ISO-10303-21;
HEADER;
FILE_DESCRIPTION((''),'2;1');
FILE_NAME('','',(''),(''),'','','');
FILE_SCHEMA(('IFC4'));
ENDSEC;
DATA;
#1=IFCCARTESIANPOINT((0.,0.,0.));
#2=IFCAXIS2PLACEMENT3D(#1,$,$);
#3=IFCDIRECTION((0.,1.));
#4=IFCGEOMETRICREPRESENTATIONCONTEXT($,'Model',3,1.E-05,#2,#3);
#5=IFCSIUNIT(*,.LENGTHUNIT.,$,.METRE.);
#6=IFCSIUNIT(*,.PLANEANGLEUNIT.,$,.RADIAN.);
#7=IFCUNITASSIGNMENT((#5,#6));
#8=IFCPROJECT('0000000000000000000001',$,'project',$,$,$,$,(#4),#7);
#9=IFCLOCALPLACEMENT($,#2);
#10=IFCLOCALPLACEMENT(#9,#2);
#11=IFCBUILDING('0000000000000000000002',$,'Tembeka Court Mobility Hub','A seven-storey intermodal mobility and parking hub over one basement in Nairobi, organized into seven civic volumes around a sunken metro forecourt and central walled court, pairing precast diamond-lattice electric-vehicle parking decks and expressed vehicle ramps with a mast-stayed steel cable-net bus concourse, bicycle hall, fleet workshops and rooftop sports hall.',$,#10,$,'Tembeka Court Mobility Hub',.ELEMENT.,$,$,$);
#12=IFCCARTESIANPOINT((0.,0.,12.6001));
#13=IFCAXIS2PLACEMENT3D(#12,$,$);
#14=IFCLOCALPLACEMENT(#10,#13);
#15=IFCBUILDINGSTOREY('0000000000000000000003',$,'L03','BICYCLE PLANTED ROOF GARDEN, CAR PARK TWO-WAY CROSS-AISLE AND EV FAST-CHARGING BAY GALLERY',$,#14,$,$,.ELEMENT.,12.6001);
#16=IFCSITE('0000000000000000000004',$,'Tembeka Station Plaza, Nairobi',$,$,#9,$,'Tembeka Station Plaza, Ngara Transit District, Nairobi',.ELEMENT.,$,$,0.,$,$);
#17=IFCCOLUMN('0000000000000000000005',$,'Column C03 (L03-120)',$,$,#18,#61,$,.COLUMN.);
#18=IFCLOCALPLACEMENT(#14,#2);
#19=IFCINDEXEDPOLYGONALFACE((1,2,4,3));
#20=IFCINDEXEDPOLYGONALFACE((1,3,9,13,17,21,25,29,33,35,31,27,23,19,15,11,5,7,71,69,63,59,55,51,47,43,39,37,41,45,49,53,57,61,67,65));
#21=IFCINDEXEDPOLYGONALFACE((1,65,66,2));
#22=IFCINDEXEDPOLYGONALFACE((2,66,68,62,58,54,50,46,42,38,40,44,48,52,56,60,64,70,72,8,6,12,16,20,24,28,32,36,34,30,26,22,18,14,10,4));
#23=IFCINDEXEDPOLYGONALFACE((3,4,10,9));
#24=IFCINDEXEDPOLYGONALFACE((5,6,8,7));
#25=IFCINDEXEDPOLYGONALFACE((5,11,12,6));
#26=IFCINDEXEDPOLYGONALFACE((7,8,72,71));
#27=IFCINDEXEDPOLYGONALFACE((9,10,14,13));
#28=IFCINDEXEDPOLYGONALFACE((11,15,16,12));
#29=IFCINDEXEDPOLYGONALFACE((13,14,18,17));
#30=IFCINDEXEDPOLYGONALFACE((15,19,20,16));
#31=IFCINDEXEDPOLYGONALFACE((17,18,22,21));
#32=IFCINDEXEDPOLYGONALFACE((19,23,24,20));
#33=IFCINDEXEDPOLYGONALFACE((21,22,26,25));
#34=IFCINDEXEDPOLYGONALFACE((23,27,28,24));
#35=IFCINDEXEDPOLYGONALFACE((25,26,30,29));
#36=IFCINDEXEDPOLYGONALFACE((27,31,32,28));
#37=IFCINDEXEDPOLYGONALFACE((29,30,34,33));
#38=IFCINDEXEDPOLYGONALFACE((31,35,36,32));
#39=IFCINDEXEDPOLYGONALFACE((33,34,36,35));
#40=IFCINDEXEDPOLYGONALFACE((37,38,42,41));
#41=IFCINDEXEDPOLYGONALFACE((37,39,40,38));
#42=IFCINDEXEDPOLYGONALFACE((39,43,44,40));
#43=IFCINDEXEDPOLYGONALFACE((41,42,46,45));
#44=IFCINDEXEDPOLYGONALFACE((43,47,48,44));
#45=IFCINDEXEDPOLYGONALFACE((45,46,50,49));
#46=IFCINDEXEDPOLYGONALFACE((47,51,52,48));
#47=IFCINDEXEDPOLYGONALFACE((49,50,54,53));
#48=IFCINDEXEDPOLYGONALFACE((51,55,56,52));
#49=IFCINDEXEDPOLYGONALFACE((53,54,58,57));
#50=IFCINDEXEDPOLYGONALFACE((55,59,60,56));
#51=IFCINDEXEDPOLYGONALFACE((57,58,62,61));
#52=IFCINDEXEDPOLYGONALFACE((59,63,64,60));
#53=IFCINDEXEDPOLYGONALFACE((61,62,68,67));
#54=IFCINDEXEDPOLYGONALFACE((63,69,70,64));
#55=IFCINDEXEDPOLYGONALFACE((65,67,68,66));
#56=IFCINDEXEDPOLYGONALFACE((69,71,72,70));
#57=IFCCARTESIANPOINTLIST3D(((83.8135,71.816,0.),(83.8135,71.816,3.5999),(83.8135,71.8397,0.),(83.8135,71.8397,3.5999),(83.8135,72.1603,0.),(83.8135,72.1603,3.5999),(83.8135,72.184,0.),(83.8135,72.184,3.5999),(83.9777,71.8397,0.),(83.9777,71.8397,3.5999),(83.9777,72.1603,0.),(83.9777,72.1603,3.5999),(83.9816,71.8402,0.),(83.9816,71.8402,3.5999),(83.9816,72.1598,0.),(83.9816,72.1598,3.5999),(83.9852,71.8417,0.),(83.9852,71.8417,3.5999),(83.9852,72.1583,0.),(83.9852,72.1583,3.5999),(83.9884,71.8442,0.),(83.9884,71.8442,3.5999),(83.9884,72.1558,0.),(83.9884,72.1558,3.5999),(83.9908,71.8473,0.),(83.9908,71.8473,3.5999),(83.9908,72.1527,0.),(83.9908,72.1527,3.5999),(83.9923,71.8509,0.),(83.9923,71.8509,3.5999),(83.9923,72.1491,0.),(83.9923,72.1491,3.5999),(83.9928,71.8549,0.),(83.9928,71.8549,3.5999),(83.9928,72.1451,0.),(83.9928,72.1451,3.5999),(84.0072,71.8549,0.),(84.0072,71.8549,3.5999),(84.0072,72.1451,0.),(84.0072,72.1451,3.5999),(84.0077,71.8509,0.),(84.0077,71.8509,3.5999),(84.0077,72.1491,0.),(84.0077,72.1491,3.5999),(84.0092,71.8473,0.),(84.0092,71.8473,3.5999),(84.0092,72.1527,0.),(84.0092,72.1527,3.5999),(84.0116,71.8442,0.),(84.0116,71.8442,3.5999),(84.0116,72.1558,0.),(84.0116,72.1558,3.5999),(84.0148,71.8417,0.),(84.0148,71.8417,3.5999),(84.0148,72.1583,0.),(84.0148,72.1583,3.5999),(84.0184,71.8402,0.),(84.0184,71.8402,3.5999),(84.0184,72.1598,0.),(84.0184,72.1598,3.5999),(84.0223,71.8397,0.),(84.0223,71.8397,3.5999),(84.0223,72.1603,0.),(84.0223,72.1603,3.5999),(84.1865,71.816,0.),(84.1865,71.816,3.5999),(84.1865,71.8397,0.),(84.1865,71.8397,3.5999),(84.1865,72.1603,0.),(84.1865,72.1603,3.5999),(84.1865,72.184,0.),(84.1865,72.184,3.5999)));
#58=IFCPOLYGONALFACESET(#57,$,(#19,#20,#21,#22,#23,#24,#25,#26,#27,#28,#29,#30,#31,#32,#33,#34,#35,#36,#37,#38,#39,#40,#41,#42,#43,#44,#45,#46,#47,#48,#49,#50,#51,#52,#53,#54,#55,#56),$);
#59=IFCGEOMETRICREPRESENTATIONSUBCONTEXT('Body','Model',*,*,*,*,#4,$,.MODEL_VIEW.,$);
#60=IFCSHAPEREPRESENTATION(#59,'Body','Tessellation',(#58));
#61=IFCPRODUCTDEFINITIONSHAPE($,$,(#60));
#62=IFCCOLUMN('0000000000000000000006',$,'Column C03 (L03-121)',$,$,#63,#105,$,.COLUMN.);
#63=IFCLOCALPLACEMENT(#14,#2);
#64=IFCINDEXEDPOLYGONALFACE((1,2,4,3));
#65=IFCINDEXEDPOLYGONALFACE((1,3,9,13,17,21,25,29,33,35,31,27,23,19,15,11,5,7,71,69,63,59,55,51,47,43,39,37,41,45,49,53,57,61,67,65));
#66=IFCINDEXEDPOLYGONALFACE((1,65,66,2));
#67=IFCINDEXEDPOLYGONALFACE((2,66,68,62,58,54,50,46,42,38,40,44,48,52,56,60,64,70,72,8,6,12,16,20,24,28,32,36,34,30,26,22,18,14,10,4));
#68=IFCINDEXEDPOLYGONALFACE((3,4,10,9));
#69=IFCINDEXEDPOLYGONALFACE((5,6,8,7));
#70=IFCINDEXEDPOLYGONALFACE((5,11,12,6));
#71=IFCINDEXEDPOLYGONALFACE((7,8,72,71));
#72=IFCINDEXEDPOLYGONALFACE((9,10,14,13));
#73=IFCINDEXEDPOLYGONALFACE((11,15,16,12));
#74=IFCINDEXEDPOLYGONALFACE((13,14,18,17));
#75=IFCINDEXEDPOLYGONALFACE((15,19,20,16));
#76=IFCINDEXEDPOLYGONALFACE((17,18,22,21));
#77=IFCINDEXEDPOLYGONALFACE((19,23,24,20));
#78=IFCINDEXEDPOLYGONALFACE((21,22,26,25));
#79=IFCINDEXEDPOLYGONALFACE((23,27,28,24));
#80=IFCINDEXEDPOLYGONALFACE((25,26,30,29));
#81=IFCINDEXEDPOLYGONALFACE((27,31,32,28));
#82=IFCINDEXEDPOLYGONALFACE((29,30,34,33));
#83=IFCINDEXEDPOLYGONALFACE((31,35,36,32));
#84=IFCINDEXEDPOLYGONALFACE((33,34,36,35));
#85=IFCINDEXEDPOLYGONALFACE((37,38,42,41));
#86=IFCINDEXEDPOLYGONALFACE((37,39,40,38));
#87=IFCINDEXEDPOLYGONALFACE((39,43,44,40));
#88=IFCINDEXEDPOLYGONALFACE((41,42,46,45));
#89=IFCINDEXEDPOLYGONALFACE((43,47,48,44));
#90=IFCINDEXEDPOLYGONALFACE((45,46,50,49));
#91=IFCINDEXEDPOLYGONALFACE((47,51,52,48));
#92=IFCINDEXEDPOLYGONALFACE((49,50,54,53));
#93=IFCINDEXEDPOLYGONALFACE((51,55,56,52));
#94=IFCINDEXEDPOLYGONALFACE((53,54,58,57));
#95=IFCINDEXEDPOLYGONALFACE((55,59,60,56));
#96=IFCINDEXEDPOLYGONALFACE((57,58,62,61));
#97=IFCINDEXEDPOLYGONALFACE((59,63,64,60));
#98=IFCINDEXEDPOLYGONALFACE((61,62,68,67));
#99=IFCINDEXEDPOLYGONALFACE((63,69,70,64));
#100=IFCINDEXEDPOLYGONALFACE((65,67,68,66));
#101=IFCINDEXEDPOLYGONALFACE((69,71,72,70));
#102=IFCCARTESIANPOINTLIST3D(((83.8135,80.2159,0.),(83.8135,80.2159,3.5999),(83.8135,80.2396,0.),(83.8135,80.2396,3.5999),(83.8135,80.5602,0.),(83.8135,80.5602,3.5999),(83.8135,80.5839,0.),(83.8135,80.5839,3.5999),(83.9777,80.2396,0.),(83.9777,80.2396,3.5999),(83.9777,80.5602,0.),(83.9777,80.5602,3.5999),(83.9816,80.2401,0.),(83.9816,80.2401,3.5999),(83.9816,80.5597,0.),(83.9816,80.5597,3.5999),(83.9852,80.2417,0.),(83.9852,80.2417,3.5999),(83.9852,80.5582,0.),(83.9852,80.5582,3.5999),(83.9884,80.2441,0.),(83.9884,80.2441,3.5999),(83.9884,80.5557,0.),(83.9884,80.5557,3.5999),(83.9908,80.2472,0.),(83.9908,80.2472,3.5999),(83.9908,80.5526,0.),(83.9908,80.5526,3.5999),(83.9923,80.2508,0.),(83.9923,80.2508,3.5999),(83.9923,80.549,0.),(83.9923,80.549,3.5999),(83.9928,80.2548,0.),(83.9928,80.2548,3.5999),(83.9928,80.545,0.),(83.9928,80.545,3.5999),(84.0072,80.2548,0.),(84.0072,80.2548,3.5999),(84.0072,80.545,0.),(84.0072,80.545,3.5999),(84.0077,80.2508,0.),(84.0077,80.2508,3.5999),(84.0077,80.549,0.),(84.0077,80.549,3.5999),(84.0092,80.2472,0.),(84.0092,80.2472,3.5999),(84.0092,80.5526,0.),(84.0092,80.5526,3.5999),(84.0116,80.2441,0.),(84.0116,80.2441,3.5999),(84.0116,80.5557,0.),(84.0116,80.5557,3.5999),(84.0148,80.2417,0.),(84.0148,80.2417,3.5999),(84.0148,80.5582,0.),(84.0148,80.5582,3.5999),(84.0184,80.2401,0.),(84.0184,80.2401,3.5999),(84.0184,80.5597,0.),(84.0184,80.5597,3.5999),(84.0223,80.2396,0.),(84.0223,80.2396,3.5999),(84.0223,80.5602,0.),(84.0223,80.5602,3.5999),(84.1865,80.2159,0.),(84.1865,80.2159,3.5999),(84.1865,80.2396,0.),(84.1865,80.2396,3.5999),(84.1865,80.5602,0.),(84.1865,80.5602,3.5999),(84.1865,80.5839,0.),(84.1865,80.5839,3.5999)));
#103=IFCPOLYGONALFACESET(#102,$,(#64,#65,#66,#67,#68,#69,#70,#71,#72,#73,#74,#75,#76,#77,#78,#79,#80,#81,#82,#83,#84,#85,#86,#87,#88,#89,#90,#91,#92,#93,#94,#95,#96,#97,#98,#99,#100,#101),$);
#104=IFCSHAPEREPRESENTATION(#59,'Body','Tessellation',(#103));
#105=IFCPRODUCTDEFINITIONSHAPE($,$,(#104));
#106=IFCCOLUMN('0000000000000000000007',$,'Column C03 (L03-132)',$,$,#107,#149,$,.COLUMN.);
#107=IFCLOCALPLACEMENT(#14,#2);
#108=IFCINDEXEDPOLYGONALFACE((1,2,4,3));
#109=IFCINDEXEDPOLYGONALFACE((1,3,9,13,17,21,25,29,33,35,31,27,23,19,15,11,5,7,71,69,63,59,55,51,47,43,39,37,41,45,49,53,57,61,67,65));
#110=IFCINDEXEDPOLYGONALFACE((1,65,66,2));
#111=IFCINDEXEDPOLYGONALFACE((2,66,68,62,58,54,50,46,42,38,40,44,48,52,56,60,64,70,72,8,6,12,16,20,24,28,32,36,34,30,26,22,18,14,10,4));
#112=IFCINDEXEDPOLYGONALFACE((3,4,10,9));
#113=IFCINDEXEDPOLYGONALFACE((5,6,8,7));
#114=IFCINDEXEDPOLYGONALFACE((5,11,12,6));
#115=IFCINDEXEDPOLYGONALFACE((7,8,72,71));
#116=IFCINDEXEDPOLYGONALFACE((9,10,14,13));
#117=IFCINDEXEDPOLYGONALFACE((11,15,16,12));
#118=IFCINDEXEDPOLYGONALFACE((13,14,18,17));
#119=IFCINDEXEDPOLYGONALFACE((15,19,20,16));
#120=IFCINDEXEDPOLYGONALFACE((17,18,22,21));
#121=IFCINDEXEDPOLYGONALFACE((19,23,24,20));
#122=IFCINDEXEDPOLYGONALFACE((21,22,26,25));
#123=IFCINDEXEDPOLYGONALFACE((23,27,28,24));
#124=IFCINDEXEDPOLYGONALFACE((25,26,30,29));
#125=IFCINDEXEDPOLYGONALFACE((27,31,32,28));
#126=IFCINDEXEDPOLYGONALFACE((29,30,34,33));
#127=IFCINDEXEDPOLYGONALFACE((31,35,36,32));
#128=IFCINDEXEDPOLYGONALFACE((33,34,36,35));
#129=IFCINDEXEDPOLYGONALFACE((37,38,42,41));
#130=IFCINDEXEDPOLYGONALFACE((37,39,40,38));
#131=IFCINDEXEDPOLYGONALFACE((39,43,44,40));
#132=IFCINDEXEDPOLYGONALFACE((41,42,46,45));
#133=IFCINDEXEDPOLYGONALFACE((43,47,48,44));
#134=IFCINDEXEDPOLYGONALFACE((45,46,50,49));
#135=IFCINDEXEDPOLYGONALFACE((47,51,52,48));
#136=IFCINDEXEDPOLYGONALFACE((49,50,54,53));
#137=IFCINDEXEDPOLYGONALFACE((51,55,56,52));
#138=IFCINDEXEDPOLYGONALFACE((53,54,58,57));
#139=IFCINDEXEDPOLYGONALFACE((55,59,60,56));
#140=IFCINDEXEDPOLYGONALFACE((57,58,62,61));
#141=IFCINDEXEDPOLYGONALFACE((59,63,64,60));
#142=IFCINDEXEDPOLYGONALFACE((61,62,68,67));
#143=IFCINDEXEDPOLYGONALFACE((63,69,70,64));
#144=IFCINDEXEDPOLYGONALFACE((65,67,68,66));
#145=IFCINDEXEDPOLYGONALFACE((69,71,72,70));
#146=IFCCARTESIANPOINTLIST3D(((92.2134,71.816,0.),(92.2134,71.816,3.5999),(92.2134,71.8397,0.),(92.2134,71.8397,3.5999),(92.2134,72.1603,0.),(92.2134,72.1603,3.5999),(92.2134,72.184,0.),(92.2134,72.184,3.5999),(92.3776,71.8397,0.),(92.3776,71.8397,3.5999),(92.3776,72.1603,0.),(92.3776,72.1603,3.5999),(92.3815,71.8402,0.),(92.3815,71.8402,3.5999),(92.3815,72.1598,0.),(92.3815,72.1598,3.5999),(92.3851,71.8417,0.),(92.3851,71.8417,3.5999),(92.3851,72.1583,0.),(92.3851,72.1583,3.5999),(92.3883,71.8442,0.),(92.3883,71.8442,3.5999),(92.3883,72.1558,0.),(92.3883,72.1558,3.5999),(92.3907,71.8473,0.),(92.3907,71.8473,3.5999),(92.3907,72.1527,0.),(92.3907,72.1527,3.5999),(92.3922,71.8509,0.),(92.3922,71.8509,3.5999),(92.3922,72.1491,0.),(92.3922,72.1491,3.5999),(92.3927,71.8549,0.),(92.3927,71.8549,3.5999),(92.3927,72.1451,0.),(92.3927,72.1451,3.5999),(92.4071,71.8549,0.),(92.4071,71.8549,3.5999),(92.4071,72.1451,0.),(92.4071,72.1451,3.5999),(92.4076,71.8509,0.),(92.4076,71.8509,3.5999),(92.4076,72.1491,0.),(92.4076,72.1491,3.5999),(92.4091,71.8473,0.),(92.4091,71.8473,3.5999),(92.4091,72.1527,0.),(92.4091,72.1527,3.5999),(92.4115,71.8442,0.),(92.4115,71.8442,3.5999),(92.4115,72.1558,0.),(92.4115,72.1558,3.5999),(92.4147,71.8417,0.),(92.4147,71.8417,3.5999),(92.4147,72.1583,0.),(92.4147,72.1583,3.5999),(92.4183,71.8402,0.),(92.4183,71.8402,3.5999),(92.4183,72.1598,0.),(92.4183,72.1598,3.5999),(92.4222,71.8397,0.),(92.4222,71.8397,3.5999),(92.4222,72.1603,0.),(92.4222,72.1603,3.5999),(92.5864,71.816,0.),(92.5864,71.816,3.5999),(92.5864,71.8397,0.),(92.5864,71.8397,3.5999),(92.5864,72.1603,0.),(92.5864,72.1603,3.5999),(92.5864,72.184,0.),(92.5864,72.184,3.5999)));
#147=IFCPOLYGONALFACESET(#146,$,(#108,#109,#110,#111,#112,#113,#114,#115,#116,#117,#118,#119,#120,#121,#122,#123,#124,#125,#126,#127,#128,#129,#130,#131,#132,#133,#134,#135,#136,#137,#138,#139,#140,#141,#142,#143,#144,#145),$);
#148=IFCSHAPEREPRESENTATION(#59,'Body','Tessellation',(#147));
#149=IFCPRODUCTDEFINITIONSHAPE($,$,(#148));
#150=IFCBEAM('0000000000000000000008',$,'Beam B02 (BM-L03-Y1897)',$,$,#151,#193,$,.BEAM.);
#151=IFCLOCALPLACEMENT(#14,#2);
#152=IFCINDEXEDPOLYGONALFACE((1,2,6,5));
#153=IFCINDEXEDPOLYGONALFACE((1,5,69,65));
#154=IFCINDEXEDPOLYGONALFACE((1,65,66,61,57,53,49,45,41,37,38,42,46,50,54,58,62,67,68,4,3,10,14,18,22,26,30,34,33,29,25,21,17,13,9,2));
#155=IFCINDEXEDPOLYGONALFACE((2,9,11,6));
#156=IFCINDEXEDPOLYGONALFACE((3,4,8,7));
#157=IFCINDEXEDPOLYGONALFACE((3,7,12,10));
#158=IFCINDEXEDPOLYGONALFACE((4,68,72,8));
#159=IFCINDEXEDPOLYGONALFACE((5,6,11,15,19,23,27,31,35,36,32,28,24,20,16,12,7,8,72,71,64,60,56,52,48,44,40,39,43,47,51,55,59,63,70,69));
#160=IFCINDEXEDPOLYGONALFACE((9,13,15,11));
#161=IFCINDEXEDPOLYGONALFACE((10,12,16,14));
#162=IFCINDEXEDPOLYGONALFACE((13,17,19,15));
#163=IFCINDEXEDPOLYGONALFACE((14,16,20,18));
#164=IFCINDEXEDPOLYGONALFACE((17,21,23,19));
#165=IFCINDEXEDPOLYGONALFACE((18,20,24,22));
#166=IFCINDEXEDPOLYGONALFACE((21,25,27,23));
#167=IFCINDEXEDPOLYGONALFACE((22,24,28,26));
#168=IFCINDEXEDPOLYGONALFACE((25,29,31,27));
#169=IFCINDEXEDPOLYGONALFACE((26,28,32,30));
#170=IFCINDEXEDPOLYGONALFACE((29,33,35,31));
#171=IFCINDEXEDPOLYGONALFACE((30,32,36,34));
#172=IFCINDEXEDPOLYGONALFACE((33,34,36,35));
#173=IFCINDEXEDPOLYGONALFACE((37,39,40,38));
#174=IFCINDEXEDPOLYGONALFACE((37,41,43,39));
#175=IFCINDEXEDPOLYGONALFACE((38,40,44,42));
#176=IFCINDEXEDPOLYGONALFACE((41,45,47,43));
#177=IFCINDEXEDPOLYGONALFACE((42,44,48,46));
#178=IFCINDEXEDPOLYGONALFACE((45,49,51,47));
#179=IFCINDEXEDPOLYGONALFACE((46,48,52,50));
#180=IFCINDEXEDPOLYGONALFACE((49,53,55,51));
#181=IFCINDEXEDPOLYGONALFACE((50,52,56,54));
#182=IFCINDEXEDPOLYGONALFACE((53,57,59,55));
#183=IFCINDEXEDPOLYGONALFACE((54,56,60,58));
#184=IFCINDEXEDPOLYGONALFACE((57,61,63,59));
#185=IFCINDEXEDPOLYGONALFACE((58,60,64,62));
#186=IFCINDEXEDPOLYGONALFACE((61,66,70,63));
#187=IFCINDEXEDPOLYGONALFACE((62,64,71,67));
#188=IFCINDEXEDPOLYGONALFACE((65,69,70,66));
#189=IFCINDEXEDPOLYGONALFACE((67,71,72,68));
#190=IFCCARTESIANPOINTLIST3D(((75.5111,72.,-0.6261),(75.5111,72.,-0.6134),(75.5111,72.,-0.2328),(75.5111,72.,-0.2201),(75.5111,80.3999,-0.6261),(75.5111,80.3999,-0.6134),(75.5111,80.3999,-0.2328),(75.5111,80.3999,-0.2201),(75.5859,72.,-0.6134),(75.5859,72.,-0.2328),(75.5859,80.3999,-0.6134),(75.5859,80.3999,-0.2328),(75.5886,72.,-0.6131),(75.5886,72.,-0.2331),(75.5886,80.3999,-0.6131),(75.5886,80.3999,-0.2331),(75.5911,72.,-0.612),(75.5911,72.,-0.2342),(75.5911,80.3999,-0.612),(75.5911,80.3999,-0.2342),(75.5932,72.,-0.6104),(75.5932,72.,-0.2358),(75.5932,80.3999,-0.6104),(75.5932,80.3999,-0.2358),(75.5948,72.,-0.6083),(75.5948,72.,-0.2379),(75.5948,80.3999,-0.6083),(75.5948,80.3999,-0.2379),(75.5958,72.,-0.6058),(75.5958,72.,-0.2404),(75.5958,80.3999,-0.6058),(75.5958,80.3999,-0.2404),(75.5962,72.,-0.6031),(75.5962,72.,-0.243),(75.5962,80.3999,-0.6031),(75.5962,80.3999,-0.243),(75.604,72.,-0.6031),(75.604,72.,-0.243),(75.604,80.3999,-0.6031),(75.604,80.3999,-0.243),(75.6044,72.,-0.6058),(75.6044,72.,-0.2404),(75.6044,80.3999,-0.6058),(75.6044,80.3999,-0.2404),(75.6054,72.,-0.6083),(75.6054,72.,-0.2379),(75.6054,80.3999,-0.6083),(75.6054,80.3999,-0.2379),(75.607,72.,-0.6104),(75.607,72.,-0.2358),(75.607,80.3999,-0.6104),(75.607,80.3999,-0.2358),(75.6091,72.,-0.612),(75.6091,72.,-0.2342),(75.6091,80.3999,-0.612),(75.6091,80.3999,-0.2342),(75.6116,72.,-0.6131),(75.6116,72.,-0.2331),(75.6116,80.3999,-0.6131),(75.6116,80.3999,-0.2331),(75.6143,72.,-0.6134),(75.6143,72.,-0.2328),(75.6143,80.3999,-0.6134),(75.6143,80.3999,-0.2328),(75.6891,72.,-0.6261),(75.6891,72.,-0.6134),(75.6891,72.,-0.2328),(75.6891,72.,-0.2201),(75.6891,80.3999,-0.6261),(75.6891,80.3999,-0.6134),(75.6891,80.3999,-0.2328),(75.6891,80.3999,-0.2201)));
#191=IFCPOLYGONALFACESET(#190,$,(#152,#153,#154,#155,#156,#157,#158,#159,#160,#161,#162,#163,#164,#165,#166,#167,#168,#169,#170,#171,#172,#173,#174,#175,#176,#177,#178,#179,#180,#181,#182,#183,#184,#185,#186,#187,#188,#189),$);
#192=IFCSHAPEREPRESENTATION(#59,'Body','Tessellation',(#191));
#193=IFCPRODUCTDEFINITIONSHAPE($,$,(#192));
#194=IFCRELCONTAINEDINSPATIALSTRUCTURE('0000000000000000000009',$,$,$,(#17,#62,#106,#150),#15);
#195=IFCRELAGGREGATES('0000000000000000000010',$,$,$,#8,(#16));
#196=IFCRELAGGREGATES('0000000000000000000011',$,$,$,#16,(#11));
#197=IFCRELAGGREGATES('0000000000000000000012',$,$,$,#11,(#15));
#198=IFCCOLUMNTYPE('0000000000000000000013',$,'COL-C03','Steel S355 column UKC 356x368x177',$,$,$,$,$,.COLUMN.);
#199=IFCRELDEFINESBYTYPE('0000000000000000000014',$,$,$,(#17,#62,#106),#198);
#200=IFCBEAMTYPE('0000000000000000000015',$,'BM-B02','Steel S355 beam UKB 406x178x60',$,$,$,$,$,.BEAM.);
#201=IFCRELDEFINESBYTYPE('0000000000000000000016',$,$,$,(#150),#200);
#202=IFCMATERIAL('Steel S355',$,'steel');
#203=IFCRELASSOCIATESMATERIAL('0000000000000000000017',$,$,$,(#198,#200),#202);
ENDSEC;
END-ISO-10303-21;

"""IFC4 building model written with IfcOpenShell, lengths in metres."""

from ifc_helpers import new_model, si_unit, direction, frame, origin, origin_2d, place, context, subcontext, project, spatial, i_section, extrude, material, material_profile, profile_set, type_object, element, save


model = new_model("IFC4")

# Units and contexts
model_context = context("Model", 3, precision=1e-05, world=origin(), true_north=direction((0.0, 1.0)))
body_context = subcontext(model_context, "Body", "Model", "MODEL_VIEW")
ifc_project = project(units=[si_unit("LENGTHUNIT", "METRE"), si_unit("PLANEANGLEUNIT", "RADIAN")], contexts=[model_context])

# Site, building, storey
site_placement = place(None, origin())
site = spatial("IfcSite", under=ifc_project, at=site_placement, Name="Tembeka Station Plaza, Nairobi", LongName="Tembeka Station Plaza, Ngara Transit District, Nairobi", CompositionType="ELEMENT", RefElevation=0.0)
building_placement = place(site_placement, origin())
building = spatial("IfcBuilding", under=site, at=building_placement, Name="Tembeka Court Mobility Hub", Description="A seven-storey intermodal mobility and parking hub over one basement in Nairobi, organized into seven civic volumes around a sunken metro forecourt and central walled court, pairing precast diamond-lattice electric-vehicle parking decks and expressed vehicle ramps with a mast-stayed steel cable-net bus concourse, bicycle hall, fleet workshops and rooftop sports hall.", LongName="Tembeka Court Mobility Hub", CompositionType="ELEMENT")
storey_placement = place(building_placement, frame((0.0, 0.0, 12.6001)))
storey = spatial("IfcBuildingStorey", under=building, at=storey_placement, Name="L03", Description="BICYCLE PLANTED ROOF GARDEN, CAR PARK TWO-WAY CROSS-AISLE AND EV FAST-CHARGING BAY GALLERY", CompositionType="ELEMENT", Elevation=12.6001)

# Columns
ifc_material_1 = material(Name="Steel S355", Category="steel")
ifc_material_profile_1 = material_profile(ifc_material_1, i_section(OverallWidth=0.373, OverallDepth=0.3679, WebThickness=0.0144, FlangeThickness=0.0237, FilletRadius=0.0151, at=origin_2d()), Name="UKC 356x368x177")
ifc_profile_set_1 = profile_set([ifc_material_profile_1], Name="Steel S355")
column_type = type_object("IfcColumnType", Name="COL-C03", Description="Steel S355 column UKC 356x368x177", PredefinedType="COLUMN", material=ifc_profile_set_1)
for number, where, z_axis, x_axis, name in (
    (1, (84.0, 72.0, 0.0), (0.0, 0.0, 1.0), (1.0, 0.0, 0.0), "Column C03 (L03-120)"),
    (2, (84.0, 80.3999, 0.0), (0.0, 0.0, 1.0), (1.0, 0.0, 0.0), "Column C03 (L03-121)"),
    (3, (92.3999, 72.0, 0.0), (0.0, 0.0, 1.0), (1.0, 0.0, 0.0), "Column C03 (L03-132)"),
):
    element("IfcColumn", number, at=place(storey_placement, frame(where, z_axis=z_axis, x_axis=x_axis)), inside=storey, type_object=column_type, Name=name, PredefinedType="COLUMN", context=body_context, shape_type="SweptSolid", body=[
        extrude(i_section(OverallWidth=0.373, OverallDepth=0.3679, WebThickness=0.0144, FlangeThickness=0.0237, FilletRadius=0.0151, at=origin_2d()), origin(), (0.0, 0.0, 1.0), 3.5999),
    ])

# Beam
ifc_material_profile_2 = material_profile(ifc_material_1, i_section(OverallWidth=0.178, OverallDepth=0.406, WebThickness=0.0078, FlangeThickness=0.0127, FilletRadius=0.0103, at=origin_2d()), Name="UKB 406x178x60")
ifc_profile_set_2 = profile_set([ifc_material_profile_2], Name="Steel S355")
beam_type_1 = type_object("IfcBeamType", Name="BM-B02", Description="Steel S355 beam UKB 406x178x60", PredefinedType="BEAM", material=ifc_profile_set_2)
for number, where, z_axis, x_axis, name in (
    (4, (75.6001, 72.0, -0.4231), (0.0, 1.0, 0.0), (-1.0, 0.0, 0.0), "Beam B02 (BM-L03-Y1897)"),
):
    element("IfcBeam", number, at=place(storey_placement, frame(where, z_axis=z_axis, x_axis=x_axis)), inside=storey, type_object=beam_type_1, Name=name, PredefinedType="BEAM", context=body_context, shape_type="SweptSolid", body=[
        extrude(i_section(OverallWidth=0.178, OverallDepth=0.406, WebThickness=0.0078, FlangeThickness=0.0127, FilletRadius=0.0103, at=origin_2d()), origin(), (0.0, 0.0, 1.0), 8.3999),
    ])

save(model, "model.ifc")
